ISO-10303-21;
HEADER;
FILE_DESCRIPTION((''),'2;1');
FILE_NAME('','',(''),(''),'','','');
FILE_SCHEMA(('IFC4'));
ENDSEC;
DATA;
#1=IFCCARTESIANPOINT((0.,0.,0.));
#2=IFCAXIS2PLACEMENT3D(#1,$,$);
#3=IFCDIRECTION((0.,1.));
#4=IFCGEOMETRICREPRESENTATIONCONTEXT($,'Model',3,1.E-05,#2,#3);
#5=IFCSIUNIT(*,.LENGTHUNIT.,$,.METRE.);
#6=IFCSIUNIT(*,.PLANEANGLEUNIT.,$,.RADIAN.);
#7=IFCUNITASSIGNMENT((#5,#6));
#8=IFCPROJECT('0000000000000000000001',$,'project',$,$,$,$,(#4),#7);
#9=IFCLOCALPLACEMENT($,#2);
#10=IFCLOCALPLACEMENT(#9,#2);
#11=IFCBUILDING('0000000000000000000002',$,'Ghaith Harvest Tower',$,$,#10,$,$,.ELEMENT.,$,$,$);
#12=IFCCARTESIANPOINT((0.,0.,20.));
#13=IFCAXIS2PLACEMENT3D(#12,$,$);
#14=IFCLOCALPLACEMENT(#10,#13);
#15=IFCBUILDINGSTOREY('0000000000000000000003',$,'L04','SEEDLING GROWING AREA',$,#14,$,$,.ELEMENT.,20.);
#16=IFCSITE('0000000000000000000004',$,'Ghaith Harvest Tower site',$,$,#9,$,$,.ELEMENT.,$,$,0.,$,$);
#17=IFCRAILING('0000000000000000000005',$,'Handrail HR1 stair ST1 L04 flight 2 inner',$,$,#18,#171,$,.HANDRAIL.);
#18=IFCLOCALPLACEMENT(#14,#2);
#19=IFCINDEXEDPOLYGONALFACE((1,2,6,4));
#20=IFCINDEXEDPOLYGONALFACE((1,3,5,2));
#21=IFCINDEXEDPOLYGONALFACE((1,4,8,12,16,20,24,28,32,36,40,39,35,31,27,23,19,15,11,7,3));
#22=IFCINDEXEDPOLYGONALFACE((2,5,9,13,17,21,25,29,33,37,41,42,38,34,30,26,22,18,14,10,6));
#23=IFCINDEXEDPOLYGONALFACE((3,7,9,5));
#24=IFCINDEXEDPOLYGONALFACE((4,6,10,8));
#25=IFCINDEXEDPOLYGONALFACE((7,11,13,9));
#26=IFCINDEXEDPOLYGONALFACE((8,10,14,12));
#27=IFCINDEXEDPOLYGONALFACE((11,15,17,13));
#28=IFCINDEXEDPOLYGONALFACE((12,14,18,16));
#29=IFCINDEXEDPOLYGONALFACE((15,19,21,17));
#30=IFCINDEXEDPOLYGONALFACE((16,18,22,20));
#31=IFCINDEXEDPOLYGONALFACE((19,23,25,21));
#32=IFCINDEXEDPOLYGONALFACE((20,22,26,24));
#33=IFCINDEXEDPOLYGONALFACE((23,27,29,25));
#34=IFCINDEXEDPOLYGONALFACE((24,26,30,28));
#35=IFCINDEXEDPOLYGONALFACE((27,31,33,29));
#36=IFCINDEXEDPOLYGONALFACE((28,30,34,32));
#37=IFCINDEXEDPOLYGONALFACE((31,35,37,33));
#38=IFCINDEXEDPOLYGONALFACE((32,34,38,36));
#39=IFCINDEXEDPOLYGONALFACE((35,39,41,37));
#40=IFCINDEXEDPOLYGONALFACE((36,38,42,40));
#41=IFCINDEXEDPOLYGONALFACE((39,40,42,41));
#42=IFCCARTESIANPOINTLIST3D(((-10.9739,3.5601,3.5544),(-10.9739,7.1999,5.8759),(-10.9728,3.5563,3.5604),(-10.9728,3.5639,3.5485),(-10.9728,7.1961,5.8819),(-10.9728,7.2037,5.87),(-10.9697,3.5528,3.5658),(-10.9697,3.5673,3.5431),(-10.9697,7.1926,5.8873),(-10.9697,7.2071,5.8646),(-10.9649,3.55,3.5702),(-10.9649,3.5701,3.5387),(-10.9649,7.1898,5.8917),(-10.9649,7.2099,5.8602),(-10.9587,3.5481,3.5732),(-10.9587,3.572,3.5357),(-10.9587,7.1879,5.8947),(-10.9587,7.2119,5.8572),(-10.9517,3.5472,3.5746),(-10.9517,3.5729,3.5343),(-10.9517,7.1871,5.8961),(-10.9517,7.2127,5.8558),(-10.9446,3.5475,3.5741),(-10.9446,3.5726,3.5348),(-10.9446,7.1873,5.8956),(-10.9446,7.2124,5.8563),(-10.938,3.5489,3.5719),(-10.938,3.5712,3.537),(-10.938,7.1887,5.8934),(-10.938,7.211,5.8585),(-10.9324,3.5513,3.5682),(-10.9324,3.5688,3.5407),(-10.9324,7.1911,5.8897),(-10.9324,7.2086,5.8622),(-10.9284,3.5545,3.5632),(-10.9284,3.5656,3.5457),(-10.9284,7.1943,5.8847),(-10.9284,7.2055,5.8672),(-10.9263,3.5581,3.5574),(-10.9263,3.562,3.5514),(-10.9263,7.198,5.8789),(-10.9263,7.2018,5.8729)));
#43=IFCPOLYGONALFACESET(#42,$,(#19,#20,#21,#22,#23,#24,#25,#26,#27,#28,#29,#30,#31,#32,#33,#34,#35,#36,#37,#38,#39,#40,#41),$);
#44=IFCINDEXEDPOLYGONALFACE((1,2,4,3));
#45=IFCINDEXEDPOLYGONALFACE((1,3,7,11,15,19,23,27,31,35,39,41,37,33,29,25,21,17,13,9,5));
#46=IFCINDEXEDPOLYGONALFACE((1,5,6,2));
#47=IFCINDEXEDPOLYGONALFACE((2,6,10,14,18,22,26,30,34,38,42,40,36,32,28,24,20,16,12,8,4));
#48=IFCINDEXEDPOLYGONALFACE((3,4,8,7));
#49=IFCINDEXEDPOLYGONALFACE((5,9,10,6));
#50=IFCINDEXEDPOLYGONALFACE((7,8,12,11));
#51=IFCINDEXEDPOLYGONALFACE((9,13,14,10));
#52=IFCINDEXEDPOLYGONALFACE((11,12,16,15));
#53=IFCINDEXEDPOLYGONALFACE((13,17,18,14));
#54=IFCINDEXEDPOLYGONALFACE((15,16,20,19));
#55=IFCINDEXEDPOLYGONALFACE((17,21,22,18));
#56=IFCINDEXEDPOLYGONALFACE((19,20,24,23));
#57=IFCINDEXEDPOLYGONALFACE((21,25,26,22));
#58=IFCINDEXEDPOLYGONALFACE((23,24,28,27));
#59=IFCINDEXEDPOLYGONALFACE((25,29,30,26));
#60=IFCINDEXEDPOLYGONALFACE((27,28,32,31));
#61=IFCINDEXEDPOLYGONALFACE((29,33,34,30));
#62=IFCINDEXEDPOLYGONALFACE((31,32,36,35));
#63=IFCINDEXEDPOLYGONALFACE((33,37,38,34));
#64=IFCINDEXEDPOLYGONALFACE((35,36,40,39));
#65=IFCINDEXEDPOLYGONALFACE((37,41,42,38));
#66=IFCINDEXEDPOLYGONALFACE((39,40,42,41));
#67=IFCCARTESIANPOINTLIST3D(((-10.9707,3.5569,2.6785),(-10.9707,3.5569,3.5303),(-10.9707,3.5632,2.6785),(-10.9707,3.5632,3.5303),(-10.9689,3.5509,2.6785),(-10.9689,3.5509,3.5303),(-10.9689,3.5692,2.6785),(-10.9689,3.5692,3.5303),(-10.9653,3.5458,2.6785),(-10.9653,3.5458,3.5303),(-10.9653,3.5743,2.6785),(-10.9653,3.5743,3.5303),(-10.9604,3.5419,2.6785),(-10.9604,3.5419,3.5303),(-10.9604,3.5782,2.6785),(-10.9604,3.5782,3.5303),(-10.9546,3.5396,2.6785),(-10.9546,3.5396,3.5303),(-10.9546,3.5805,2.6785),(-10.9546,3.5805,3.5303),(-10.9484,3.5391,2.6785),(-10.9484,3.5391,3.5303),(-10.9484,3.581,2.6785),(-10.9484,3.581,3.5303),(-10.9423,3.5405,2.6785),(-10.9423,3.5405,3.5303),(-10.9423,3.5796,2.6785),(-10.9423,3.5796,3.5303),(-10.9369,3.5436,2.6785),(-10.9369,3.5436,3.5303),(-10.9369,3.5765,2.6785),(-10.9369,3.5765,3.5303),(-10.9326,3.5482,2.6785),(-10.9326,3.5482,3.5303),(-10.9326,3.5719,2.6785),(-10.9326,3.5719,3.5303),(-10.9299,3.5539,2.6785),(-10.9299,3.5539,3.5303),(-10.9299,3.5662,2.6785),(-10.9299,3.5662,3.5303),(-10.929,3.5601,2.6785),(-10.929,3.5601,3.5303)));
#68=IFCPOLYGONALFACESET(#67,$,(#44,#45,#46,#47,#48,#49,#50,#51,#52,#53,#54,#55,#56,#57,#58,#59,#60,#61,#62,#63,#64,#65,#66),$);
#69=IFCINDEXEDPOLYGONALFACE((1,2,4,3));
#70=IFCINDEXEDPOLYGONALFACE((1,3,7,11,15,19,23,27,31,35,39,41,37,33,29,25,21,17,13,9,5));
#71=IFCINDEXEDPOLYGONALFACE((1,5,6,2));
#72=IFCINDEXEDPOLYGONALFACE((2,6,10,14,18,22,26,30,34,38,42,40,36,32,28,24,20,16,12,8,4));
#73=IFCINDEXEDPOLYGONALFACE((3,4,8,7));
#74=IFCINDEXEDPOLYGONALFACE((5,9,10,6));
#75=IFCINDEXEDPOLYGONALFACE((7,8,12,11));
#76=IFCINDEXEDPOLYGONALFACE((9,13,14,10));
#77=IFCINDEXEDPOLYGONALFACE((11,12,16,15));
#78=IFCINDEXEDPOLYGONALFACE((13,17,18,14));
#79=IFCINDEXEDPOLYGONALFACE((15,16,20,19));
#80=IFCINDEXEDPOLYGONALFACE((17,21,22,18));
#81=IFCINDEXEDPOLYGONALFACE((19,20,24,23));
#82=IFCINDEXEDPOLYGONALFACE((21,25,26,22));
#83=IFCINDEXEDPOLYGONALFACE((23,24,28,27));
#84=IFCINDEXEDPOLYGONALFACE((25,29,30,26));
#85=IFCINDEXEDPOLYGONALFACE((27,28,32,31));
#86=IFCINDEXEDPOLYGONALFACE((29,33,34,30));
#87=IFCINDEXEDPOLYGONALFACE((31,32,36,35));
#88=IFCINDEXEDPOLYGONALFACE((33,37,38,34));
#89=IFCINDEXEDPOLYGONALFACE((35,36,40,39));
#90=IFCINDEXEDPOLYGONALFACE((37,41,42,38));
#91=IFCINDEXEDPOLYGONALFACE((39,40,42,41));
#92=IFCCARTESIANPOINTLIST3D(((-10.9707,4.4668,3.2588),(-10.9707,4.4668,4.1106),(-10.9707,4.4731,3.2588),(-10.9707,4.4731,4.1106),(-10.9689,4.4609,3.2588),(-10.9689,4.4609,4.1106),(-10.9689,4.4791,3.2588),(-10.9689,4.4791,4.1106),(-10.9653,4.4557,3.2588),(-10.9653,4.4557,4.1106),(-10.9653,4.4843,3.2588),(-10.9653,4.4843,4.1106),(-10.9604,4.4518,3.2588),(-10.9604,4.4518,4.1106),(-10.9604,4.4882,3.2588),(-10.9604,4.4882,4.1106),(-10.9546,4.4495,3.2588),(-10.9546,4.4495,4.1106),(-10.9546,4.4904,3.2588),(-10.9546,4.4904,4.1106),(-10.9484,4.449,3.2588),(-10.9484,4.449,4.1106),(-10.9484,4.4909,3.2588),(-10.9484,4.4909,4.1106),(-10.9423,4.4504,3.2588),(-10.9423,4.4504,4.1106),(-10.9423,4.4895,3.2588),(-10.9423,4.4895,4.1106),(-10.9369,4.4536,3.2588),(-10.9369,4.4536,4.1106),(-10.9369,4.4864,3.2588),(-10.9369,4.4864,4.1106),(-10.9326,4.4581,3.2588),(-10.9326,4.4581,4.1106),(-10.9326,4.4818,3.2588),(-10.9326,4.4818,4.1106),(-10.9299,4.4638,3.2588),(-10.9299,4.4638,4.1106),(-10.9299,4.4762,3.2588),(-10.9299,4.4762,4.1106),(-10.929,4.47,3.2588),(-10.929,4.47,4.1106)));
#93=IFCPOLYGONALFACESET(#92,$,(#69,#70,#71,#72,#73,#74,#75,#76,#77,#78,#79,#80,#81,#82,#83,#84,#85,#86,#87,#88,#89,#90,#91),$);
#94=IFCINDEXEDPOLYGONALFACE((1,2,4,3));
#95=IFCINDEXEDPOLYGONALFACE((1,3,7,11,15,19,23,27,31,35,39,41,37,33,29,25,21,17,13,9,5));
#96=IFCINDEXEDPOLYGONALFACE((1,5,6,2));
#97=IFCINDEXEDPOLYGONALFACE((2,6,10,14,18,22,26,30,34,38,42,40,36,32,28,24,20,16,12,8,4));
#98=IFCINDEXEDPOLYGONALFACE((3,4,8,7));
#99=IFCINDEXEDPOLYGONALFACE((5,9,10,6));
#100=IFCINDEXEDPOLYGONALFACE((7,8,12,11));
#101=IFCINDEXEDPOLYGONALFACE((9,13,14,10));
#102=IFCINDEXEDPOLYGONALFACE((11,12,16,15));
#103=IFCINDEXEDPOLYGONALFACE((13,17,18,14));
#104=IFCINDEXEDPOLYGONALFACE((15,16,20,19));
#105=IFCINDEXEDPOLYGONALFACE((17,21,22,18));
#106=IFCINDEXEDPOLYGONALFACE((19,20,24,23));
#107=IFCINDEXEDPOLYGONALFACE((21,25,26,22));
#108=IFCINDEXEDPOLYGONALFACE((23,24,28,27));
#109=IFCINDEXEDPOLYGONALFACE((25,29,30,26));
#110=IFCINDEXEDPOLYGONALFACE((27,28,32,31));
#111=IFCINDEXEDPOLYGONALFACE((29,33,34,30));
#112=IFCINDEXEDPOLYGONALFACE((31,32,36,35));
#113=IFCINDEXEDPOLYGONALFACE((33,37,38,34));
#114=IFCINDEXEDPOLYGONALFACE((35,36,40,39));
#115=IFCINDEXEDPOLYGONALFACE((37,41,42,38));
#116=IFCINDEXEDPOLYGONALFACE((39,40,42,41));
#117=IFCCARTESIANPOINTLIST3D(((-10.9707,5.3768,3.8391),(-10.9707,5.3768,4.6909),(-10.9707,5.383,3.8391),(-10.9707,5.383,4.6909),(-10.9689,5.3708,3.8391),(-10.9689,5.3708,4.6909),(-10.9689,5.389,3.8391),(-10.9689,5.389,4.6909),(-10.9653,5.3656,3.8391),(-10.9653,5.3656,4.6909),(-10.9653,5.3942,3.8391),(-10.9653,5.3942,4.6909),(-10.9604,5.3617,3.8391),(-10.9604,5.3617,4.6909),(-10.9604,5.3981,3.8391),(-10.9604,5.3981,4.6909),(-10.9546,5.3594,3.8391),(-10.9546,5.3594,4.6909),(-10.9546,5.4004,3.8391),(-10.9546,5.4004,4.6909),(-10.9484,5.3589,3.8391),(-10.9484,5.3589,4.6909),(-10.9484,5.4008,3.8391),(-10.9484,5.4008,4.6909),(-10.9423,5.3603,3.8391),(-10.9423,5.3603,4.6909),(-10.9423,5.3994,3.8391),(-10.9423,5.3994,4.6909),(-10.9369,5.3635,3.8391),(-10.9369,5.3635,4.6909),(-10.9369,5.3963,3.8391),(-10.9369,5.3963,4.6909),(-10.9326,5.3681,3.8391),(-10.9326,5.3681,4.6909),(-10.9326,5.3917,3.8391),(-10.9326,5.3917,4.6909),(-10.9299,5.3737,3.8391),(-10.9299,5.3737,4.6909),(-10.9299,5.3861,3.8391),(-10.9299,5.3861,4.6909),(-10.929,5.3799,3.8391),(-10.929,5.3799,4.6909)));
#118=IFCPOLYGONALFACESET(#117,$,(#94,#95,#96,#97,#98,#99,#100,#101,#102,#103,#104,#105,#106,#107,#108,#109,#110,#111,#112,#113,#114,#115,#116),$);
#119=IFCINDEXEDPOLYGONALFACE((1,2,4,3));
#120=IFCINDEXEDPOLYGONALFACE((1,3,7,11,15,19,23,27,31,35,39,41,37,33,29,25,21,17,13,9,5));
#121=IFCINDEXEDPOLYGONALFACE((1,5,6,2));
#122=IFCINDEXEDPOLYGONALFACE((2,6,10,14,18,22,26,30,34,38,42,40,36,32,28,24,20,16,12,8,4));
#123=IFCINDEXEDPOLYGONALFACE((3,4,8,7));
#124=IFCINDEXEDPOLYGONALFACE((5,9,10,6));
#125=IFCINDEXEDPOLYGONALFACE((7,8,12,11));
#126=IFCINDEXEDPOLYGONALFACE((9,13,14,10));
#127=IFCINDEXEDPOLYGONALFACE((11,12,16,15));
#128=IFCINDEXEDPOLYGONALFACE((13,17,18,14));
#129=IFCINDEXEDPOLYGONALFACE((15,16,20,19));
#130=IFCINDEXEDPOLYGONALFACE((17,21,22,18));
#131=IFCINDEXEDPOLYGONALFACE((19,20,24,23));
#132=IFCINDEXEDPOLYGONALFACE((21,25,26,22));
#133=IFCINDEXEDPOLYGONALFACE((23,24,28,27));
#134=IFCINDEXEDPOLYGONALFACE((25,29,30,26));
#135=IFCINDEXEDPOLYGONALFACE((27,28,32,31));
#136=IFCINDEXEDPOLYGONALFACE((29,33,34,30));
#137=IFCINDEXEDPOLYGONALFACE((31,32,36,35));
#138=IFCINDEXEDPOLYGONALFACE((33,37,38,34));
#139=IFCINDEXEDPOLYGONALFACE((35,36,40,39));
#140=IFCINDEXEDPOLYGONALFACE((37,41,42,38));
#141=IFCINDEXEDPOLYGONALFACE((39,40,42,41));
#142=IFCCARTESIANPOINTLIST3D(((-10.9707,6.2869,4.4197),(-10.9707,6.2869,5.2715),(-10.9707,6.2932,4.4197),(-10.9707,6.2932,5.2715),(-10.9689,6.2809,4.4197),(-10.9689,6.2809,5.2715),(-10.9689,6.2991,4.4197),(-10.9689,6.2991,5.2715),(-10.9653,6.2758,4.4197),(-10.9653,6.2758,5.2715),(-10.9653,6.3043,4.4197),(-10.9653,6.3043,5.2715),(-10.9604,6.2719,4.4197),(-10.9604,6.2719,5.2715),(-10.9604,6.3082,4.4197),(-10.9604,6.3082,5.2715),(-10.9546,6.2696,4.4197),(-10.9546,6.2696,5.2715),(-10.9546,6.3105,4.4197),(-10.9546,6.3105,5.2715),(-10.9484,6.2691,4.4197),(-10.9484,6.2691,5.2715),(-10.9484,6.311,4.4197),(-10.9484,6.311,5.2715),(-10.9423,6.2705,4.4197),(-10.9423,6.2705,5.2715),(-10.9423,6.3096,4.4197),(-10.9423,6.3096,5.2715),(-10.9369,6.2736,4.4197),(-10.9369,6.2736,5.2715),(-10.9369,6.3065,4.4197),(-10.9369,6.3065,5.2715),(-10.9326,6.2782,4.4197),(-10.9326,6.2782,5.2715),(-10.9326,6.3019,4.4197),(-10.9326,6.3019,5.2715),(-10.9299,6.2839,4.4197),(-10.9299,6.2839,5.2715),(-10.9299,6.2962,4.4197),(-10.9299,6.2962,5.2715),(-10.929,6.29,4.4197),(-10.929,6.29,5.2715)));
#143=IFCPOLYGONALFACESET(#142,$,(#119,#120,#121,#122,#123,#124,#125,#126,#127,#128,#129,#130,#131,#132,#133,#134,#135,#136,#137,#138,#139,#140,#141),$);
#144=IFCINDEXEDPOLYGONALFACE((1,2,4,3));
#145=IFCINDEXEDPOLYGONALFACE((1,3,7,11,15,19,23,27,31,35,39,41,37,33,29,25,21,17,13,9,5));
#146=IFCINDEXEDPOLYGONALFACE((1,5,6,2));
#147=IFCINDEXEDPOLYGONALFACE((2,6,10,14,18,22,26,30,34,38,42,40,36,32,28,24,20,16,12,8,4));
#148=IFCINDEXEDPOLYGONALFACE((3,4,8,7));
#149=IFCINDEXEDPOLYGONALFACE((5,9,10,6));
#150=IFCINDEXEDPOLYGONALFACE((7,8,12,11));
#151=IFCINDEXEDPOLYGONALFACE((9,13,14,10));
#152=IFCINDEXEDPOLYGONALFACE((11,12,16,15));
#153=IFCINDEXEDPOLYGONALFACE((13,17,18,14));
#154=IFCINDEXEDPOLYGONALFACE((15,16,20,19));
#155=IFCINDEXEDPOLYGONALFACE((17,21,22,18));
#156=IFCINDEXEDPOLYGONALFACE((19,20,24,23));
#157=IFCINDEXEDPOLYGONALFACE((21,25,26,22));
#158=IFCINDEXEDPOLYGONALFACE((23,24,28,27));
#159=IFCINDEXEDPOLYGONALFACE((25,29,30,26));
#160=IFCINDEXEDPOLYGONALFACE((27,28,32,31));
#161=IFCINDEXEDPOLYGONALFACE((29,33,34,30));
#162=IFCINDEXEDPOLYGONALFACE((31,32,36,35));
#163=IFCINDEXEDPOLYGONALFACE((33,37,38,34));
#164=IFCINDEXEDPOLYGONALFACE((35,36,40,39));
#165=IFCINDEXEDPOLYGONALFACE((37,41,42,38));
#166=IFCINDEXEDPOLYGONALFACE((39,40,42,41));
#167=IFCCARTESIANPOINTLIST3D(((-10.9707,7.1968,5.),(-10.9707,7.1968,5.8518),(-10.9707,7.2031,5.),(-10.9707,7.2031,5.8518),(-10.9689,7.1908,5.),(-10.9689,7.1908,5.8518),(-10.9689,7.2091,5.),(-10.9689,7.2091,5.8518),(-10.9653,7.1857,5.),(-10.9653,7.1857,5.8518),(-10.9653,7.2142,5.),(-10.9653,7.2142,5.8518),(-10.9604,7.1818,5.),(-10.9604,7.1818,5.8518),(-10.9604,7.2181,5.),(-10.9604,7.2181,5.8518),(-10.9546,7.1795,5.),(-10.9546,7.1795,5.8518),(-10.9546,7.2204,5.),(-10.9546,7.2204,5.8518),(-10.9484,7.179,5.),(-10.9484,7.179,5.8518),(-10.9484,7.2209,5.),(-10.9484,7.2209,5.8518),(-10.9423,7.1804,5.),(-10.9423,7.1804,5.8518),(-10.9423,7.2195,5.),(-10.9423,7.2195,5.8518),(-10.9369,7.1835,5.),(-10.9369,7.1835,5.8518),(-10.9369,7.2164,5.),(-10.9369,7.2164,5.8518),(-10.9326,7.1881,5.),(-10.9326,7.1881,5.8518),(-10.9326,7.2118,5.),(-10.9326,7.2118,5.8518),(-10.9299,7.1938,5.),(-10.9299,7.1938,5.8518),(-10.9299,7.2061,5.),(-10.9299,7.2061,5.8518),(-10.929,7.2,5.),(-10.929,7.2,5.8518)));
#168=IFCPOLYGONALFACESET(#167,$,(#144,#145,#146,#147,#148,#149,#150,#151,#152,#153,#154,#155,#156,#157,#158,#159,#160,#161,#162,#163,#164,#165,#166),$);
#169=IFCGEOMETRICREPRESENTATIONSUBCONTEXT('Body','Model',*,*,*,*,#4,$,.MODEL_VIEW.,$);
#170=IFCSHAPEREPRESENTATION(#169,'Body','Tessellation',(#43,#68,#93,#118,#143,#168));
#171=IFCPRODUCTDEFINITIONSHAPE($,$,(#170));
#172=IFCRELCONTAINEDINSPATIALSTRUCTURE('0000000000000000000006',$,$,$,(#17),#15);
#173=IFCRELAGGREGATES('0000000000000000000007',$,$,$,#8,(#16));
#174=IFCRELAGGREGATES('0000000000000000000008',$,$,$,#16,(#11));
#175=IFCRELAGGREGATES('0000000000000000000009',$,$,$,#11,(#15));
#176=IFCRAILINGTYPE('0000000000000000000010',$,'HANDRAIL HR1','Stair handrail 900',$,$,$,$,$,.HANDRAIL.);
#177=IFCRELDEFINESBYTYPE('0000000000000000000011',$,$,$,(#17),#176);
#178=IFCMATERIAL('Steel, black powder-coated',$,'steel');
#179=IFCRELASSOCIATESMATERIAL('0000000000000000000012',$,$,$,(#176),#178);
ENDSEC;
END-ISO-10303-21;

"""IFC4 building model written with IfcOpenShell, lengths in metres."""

from ifc_helpers import new_model, si_unit, direction, frame, origin, origin_2d, place, context, subcontext, project, spatial, circle, extrude, material, type_object, element, save


model = new_model("IFC4")

# Units and contexts
model_context = context("Model", 3, precision=1e-05, world=origin(), true_north=direction((0.0, 1.0)))
body_context = subcontext(model_context, "Body", "Model", "MODEL_VIEW")
ifc_project = project(units=[si_unit("LENGTHUNIT", "METRE"), si_unit("PLANEANGLEUNIT", "RADIAN")], contexts=[model_context])

# Site, building, storey
site_placement = place(None, origin())
site = spatial("IfcSite", under=ifc_project, at=site_placement, Name="Ghaith Harvest Tower site", CompositionType="ELEMENT", RefElevation=0.0)
building_placement = place(site_placement, origin())
building = spatial("IfcBuilding", under=site, at=building_placement, Name="Ghaith Harvest Tower", CompositionType="ELEMENT")
storey_placement = place(building_placement, frame((0.0, 0.0, 20.0)))
storey = spatial("IfcBuildingStorey", under=building, at=storey_placement, Name="L04", Description="SEEDLING GROWING AREA", CompositionType="ELEMENT", Elevation=20.0)

# Railing
ifc_material_1 = material(Name="Steel, black powder-coated", Category="steel")
railing_type = type_object("IfcRailingType", Name="HANDRAIL HR1", Description="Stair handrail 900", PredefinedType="HANDRAIL", material=ifc_material_1)
railing_1_placement = place(storey_placement, frame((-10.95, 3.5601, 2.6785)))
element("IfcRailing", 1, at=railing_1_placement, inside=storey, type_object=railing_type, Name="Handrail HR1 stair ST1 L04 flight 2 inner", PredefinedType="HANDRAIL", context=body_context, shape_type="SweptSolid", body=[
    extrude(circle(Radius=0.0239, at=origin_2d()), frame((0.0, 0.0, 0.876), z_axis=(0.0, 0.843112, 0.537739), x_axis=(-1.0, 0.0, 0.0)), (0.0, 0.0, 1.0), 4.3171),
    extrude(circle(Radius=0.021, at=origin_2d()), origin(), (0.0, 0.0, 1.0), 0.8518),
    extrude(circle(Radius=0.021, at=origin_2d()), frame((0.0, 0.9099, 0.5803)), (0.0, 0.0, 1.0), 0.8518),
    extrude(circle(Radius=0.021, at=origin_2d()), frame((0.0, 1.8198, 1.1606)), (0.0, 0.0, 1.0), 0.8518),
    extrude(circle(Radius=0.021, at=origin_2d()), frame((0.0, 2.73, 1.7412)), (0.0, 0.0, 1.0), 0.8518),
    extrude(circle(Radius=0.021, at=origin_2d()), frame((0.0, 3.6399, 2.3215)), (0.0, 0.0, 1.0), 0.8518),
])

save(model, "model.ifc")
